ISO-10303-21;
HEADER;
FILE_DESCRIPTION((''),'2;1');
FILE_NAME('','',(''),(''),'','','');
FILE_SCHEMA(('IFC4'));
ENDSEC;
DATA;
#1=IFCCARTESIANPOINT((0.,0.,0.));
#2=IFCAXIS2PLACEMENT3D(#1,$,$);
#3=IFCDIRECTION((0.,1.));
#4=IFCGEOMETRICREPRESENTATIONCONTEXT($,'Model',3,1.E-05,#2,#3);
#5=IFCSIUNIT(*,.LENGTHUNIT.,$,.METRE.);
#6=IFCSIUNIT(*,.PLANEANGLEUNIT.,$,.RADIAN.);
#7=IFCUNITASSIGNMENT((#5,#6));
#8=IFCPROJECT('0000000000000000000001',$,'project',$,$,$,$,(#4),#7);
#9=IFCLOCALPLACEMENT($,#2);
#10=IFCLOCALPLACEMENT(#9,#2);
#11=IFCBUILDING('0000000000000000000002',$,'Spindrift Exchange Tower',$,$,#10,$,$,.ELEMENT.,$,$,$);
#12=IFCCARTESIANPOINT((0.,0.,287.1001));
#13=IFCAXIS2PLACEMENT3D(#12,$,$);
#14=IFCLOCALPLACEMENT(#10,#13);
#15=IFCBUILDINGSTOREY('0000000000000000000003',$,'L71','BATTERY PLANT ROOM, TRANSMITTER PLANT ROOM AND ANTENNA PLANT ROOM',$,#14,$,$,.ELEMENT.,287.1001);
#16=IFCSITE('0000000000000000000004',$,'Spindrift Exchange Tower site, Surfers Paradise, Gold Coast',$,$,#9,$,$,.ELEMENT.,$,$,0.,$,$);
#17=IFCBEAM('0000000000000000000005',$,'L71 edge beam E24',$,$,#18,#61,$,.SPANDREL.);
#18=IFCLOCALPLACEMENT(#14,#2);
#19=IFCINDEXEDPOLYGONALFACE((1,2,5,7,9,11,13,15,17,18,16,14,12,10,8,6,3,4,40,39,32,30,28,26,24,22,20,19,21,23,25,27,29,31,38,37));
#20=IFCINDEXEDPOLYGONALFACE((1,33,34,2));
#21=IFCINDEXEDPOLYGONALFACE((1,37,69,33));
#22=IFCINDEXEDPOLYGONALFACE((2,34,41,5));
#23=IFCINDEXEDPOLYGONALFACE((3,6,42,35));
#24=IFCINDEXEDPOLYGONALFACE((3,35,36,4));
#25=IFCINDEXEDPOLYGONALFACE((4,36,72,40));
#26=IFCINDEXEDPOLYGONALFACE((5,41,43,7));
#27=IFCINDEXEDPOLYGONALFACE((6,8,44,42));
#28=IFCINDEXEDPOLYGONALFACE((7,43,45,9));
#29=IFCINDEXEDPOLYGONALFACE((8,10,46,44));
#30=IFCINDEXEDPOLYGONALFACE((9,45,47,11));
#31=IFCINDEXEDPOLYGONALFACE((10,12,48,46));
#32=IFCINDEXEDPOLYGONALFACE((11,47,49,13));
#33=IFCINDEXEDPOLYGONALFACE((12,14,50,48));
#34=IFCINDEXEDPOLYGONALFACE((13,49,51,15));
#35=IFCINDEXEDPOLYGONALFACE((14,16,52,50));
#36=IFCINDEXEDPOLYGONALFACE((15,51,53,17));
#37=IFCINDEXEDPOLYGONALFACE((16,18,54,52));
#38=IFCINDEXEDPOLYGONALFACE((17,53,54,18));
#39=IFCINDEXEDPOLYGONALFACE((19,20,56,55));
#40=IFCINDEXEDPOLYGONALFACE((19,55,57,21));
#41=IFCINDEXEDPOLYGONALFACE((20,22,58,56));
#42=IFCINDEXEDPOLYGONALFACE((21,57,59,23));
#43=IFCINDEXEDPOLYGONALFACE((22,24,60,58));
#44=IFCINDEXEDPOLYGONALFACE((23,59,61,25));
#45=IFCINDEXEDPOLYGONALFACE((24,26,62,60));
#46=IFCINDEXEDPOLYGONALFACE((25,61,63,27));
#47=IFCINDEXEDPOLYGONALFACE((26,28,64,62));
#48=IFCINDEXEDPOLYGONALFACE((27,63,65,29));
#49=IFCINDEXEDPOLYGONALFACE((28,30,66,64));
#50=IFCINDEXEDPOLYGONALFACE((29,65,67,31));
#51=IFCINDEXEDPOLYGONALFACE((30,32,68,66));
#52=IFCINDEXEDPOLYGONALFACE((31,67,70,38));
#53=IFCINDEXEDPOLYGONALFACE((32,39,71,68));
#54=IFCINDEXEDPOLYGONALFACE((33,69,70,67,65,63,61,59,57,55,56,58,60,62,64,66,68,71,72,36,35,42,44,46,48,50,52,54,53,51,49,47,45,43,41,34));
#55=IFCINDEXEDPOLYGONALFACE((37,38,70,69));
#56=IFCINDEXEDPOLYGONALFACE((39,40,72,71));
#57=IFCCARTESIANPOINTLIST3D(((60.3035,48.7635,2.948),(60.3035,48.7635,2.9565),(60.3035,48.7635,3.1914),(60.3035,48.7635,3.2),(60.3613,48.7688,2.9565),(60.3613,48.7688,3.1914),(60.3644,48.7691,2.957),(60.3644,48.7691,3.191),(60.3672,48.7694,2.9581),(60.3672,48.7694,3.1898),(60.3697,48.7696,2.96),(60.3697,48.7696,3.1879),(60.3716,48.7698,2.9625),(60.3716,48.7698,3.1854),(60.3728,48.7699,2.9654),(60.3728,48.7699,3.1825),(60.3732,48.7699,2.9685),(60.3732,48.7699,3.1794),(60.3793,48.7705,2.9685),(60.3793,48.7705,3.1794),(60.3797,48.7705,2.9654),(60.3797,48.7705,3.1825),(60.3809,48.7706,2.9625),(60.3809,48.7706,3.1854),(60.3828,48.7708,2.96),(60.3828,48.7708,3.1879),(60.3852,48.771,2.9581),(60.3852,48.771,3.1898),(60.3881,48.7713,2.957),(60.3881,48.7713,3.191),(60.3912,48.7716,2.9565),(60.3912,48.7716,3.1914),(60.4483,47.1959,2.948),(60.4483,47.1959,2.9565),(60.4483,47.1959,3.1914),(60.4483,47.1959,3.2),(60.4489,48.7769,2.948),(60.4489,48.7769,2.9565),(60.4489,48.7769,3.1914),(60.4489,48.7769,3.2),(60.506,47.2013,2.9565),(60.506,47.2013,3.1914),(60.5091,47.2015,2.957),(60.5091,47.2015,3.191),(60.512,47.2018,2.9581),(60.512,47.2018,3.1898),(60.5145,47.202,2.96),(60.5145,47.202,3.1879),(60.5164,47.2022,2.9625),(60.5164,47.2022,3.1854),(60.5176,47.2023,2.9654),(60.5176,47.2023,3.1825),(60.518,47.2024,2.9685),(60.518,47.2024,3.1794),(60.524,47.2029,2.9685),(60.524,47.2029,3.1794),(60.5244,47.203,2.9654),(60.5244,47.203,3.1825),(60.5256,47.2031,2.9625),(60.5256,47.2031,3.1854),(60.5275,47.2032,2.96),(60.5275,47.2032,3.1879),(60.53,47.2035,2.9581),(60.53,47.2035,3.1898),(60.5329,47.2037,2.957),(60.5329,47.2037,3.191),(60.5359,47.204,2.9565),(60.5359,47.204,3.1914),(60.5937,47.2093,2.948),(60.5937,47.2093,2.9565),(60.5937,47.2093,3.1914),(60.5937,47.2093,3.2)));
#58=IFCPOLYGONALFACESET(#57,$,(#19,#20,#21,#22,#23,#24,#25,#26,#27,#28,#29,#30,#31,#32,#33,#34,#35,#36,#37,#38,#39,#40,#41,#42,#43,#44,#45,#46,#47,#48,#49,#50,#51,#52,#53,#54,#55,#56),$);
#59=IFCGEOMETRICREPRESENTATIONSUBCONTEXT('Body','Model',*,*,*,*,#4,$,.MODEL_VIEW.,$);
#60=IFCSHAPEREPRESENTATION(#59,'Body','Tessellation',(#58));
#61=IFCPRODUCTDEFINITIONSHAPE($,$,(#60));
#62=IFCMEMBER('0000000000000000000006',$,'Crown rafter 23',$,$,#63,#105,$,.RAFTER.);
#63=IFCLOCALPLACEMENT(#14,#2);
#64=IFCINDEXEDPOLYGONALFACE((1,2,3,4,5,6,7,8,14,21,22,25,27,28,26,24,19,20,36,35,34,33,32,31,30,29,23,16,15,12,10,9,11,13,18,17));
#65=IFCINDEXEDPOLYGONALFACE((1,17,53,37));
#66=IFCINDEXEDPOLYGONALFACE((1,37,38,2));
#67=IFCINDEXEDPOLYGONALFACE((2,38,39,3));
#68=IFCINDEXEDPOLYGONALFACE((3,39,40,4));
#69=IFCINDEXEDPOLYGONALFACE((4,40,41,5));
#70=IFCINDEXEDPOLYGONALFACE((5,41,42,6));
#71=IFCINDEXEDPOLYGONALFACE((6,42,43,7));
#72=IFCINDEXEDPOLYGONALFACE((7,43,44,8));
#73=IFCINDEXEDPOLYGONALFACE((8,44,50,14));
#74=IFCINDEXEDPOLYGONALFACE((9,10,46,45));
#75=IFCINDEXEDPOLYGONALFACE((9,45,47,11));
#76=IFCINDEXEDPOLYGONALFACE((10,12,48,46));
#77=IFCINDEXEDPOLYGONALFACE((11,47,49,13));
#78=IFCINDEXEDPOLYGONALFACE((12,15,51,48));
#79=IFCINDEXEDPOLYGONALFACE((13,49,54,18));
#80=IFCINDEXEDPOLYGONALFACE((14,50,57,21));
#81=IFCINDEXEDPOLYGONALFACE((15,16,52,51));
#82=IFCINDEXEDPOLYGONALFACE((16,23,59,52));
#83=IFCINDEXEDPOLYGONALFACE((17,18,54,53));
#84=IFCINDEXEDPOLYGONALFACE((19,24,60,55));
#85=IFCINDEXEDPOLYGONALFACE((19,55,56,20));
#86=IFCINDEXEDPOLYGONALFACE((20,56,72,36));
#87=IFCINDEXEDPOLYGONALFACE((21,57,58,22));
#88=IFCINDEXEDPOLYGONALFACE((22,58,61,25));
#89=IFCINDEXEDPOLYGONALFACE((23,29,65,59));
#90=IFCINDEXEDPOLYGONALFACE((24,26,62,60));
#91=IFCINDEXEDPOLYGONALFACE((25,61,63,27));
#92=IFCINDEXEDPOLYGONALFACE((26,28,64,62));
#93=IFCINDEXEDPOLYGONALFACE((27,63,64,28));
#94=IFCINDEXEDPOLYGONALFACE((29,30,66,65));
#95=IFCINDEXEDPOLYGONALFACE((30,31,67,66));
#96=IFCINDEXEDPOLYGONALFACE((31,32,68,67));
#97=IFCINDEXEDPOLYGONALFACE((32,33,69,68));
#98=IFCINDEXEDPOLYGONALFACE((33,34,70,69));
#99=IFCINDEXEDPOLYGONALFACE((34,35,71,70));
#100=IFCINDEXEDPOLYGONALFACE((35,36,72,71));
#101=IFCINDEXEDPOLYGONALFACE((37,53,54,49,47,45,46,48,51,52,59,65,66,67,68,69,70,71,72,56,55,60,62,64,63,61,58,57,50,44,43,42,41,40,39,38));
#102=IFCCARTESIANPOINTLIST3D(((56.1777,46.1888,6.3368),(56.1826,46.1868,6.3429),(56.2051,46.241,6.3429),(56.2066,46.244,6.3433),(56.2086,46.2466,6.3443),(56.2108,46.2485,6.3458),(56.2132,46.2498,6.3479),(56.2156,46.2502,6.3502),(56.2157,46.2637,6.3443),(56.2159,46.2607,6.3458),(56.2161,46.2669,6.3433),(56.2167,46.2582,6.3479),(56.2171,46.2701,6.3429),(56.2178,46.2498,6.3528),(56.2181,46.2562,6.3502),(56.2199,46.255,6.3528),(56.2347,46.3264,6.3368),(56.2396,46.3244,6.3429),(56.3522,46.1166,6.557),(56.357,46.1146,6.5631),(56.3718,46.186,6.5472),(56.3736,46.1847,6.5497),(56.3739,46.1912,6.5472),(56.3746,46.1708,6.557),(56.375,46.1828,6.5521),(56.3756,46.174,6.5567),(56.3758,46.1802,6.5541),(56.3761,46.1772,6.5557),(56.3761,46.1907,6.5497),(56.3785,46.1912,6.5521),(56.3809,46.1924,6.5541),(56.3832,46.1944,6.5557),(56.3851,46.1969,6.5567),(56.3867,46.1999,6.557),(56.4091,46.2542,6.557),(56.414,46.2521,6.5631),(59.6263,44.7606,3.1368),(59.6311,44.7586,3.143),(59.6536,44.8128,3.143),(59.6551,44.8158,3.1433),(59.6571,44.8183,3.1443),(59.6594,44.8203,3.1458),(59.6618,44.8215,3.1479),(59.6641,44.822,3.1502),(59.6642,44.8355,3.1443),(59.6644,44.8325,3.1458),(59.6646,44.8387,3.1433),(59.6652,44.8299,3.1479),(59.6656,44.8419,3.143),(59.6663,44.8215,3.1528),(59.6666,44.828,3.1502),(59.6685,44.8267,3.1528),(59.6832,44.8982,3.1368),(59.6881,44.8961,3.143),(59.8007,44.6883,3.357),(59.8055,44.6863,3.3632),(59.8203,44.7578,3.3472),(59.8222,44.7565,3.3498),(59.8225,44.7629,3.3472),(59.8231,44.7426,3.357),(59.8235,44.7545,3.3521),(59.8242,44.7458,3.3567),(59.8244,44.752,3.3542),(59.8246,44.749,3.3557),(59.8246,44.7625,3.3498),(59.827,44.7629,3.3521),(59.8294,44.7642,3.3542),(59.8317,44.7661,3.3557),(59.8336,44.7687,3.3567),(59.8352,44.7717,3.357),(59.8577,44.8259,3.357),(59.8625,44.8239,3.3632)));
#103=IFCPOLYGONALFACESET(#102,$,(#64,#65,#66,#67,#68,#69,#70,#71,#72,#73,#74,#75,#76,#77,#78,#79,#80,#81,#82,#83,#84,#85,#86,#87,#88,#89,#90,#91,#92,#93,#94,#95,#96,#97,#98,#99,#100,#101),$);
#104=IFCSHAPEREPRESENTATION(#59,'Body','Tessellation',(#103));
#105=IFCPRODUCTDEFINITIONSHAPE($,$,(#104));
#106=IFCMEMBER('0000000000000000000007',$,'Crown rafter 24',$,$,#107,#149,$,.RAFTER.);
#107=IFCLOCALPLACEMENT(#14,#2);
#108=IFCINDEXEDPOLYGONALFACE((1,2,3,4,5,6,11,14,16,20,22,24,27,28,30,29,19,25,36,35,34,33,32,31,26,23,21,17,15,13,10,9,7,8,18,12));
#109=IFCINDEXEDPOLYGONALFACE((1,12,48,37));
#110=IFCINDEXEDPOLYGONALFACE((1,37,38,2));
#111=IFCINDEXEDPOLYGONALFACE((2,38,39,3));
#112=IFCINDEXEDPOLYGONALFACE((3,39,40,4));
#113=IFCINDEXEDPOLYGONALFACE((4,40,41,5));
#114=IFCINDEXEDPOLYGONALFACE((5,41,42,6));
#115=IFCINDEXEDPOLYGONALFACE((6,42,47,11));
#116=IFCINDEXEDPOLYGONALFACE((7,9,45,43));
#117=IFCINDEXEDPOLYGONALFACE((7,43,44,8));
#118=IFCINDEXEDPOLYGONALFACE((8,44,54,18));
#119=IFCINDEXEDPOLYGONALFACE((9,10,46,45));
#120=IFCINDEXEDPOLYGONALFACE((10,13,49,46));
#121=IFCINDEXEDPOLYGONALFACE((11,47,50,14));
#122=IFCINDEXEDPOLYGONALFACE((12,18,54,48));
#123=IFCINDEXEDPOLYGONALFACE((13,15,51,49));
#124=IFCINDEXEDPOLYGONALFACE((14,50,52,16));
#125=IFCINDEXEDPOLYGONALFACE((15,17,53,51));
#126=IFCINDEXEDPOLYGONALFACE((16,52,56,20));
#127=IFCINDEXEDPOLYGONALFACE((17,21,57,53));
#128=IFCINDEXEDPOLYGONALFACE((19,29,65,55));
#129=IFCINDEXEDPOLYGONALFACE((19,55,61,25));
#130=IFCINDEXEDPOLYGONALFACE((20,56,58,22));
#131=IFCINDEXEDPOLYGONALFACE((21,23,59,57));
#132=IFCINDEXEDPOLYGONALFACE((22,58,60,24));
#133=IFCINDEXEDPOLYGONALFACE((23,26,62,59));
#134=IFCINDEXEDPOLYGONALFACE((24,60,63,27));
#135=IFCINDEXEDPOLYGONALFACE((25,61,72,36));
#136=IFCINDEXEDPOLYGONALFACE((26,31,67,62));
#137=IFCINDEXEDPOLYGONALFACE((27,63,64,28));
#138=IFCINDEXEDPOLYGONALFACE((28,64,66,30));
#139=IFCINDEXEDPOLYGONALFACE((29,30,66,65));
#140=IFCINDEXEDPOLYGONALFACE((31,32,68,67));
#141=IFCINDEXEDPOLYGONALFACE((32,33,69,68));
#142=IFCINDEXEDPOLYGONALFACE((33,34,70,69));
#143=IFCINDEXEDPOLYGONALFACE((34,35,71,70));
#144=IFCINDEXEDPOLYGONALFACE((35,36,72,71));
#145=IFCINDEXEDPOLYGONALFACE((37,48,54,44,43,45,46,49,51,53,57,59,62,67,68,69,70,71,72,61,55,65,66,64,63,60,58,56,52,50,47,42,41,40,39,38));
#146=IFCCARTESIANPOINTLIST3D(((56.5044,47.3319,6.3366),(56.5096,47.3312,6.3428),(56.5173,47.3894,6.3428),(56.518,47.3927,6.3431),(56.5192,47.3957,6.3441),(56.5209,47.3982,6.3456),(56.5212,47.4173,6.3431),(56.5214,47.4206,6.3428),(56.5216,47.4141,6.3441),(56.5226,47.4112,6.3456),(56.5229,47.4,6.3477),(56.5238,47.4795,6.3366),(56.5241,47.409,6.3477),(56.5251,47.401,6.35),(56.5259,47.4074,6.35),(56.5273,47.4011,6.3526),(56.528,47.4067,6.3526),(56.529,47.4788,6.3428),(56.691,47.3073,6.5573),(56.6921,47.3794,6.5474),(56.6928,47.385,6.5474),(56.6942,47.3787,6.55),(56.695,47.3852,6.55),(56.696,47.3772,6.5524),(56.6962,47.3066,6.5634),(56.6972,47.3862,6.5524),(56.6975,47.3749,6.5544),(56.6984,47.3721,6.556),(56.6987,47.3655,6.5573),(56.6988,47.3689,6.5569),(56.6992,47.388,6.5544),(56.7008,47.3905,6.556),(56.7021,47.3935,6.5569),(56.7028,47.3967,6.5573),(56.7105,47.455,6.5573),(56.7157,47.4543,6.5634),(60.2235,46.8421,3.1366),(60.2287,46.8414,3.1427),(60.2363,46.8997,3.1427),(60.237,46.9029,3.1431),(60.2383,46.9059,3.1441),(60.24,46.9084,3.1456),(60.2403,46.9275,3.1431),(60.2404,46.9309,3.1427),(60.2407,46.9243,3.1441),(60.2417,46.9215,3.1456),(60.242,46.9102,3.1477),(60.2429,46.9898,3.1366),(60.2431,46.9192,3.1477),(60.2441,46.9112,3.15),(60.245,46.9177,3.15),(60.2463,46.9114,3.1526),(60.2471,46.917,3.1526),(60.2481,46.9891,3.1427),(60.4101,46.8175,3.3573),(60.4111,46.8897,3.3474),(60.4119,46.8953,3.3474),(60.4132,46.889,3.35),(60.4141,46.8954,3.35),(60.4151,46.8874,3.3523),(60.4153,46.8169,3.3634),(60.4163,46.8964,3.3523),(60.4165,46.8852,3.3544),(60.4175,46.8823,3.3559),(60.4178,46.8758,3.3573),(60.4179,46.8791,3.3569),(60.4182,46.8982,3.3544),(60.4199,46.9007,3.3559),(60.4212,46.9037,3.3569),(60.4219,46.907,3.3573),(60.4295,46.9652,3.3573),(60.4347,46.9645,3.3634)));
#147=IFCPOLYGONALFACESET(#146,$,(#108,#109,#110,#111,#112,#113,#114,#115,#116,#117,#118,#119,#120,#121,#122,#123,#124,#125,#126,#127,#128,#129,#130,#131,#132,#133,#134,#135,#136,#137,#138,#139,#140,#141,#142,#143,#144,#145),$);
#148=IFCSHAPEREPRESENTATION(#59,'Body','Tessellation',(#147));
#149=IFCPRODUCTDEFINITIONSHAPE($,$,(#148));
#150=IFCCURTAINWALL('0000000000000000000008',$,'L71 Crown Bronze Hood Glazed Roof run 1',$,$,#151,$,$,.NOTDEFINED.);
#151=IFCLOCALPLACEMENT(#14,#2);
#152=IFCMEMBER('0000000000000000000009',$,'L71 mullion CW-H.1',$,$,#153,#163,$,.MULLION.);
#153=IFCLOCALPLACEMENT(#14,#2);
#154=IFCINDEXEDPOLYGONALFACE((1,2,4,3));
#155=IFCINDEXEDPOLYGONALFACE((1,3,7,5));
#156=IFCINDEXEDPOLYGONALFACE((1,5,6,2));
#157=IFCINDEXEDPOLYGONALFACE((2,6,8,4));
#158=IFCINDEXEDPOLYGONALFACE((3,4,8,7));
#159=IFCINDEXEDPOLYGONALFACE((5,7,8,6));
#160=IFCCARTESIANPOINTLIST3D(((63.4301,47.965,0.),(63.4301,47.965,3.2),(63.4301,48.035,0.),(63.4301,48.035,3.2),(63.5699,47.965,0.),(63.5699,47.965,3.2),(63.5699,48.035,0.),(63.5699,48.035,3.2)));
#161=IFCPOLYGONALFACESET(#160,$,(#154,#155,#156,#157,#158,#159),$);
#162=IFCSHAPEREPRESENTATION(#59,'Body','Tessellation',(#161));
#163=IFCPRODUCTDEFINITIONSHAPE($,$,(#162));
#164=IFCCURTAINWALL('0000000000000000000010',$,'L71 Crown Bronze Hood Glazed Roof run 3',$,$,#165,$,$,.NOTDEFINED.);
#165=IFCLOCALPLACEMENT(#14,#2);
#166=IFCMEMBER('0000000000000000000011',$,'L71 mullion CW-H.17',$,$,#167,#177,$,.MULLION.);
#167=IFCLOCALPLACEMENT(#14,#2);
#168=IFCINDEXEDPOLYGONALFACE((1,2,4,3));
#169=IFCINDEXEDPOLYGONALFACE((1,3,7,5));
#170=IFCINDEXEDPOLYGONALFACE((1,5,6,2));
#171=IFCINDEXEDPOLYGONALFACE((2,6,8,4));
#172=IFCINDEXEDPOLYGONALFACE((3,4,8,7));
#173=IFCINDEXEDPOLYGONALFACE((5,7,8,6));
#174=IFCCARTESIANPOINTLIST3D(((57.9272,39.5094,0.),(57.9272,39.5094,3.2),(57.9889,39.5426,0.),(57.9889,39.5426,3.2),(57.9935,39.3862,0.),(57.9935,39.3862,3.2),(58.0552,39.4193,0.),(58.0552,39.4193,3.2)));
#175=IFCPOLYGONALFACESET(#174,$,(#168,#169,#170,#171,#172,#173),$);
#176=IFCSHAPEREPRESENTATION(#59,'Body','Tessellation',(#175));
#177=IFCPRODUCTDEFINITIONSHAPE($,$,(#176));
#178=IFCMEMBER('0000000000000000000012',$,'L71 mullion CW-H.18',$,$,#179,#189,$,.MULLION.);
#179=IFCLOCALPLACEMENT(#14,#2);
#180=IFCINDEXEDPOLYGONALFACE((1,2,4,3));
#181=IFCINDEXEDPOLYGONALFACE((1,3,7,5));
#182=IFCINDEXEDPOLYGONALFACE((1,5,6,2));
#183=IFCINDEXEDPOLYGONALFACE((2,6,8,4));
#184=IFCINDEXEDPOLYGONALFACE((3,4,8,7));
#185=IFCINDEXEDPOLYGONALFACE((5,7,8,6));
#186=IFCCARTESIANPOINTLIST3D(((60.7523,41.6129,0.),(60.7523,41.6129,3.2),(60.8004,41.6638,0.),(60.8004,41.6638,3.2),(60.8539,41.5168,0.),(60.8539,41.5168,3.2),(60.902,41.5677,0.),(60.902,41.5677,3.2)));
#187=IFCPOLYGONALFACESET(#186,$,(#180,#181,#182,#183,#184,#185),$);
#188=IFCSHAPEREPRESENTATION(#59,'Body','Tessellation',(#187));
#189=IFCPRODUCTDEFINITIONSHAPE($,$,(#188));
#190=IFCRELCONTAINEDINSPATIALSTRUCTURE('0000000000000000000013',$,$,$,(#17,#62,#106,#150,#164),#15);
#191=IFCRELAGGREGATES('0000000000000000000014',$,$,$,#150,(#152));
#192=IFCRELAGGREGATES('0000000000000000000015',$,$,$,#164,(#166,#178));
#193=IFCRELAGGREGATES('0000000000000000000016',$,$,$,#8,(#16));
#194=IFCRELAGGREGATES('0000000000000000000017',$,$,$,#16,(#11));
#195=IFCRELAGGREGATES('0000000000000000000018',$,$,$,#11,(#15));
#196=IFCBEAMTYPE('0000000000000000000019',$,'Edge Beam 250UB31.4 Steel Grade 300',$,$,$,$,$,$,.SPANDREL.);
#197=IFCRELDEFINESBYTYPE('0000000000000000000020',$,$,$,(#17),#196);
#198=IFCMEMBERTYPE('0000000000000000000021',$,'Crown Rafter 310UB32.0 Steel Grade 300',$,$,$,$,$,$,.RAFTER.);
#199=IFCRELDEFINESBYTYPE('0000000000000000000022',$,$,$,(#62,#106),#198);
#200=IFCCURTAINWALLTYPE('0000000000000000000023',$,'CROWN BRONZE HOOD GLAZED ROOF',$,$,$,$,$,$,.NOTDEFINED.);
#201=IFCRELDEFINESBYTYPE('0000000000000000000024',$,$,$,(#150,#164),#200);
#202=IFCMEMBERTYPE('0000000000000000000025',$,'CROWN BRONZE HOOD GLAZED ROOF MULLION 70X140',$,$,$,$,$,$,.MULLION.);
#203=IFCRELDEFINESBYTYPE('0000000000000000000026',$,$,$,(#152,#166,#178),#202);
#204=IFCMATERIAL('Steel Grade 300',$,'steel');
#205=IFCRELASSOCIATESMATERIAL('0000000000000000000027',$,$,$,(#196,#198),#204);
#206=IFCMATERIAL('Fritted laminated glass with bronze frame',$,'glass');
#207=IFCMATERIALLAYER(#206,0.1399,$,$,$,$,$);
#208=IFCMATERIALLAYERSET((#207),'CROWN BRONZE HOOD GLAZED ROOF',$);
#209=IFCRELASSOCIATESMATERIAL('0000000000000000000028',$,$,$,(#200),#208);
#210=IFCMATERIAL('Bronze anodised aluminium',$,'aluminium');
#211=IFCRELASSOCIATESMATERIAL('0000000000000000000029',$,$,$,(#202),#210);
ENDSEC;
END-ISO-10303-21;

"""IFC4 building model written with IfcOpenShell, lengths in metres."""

from ifc_helpers import new_model, si_unit, direction, frame, origin, origin_2d, place, context, subcontext, project, spatial, rectangle, i_section, extrude, source, transform, mapped, material, layer, layer_set, material_profile, profile_set, type_object, element, aggregate, save


model = new_model("IFC4")

# Units and contexts
model_context = context("Model", 3, precision=1e-05, world=origin(), true_north=direction((0.0, 1.0)))
body_context = subcontext(model_context, "Body", "Model", "MODEL_VIEW")
ifc_project = project(units=[si_unit("LENGTHUNIT", "METRE"), si_unit("PLANEANGLEUNIT", "RADIAN")], contexts=[model_context])

# Site, building, storey
site_placement = place(None, origin())
site = spatial("IfcSite", under=ifc_project, at=site_placement, Name="Spindrift Exchange Tower site, Surfers Paradise, Gold Coast", CompositionType="ELEMENT", RefElevation=0.0)
building_placement = place(site_placement, origin())
building = spatial("IfcBuilding", under=site, at=building_placement, Name="Spindrift Exchange Tower", CompositionType="ELEMENT")
storey_placement = place(building_placement, frame((0.0, 0.0, 287.1001)))
storey = spatial("IfcBuildingStorey", under=building, at=storey_placement, Name="L71", Description="BATTERY PLANT ROOM, TRANSMITTER PLANT ROOM AND ANTENNA PLANT ROOM", CompositionType="ELEMENT", Elevation=287.1001)

# Beam
ifc_material_1 = material(Name="Steel Grade 300", Category="steel")
ifc_material_profile_1 = material_profile(ifc_material_1, i_section(OverallWidth=0.146, OverallDepth=0.252, WebThickness=0.0061, FlangeThickness=0.0085, FilletRadius=0.012, at=origin_2d()), Name="250UB31.4")
ifc_profile_set_1 = profile_set([ifc_material_profile_1], Name="Steel Grade 300")
beam_type = type_object("IfcBeamType", Name="Edge Beam 250UB31.4 Steel Grade 300", PredefinedType="SPANDREL", material=ifc_profile_set_1)
shared_shape_1 = source(origin(), body_context, "Body", "SweptSolid", [
    extrude(i_section(OverallWidth=0.146, OverallDepth=0.252, WebThickness=0.0061, FlangeThickness=0.0085, FilletRadius=0.012, at=origin_2d()), origin(), (0.0, 0.0, 1.0), 1.5742),
])
beam_1_placement = place(storey_placement, frame((60.521, 47.2026, 3.074), z_axis=(-0.091962, 0.995763, 0.0), x_axis=(-0.995763, -0.091962, 0.0)))
element("IfcBeam", 1, at=beam_1_placement, inside=storey, type_object=beam_type, Name="L71 edge beam E24", PredefinedType="SPANDREL", context=body_context, shape_type="MappedRepresentation", body=[
    mapped(shared_shape_1, transform((0.0, 0.0, 0.0), scale=1.0)),
])

# Members
ifc_material_profile_2 = material_profile(ifc_material_1, i_section(OverallWidth=0.1489, OverallDepth=0.2981, WebThickness=0.0056, FlangeThickness=0.0081, FilletRadius=0.0129, at=origin_2d()), Name="310UB32.0")
ifc_profile_set_2 = profile_set([ifc_material_profile_2], Name="Steel Grade 300")
member_type_1 = type_object("IfcMemberType", Name="Crown Rafter 310UB32.0 Steel Grade 300", PredefinedType="RAFTER", material=ifc_profile_set_2)
shared_shape_2 = source(origin(), body_context, "Body", "SweptSolid", [
    extrude(i_section(OverallWidth=0.1489, OverallDepth=0.2981, WebThickness=0.0056, FlangeThickness=0.0081, FilletRadius=0.0129, at=origin_2d()), origin(), (0.0, 0.0, 1.0), 4.9165),
])
member_1_placement = place(storey_placement, frame((59.7444, 44.7922, 3.25), z_axis=(-0.701417, 0.290498, 0.650865), x_axis=(-0.382641, -0.923897, 0.0)))
element("IfcMember", 2, at=member_1_placement, inside=storey, type_object=member_type_1, Name="Crown rafter 23", PredefinedType="RAFTER", context=body_context, shape_type="MappedRepresentation", body=[
    mapped(shared_shape_2, transform((0.0, 0.0, 0.0), scale=1.0)),
])
shared_shape_3 = source(origin(), body_context, "Body", "SweptSolid", [
    extrude(i_section(OverallWidth=0.1489, OverallDepth=0.2981, WebThickness=0.0056, FlangeThickness=0.0081, FilletRadius=0.0129, at=origin_2d()), origin(), (0.0, 0.0, 1.0), 4.9307),
])
member_2_placement = place(storey_placement, frame((60.3291, 46.9033, 3.25), z_axis=(-0.754274, 0.099329, 0.649003), x_axis=(-0.130561, -0.99144, 0.0)))
element("IfcMember", 3, at=member_2_placement, inside=storey, type_object=member_type_1, Name="Crown rafter 24", PredefinedType="RAFTER", context=body_context, shape_type="MappedRepresentation", body=[
    mapped(shared_shape_3, transform((0.0, 0.0, 0.0), scale=1.0)),
])

# Curtain wall, member
ifc_material_2 = material(Name="Fritted laminated glass with bronze frame", Category="glass")
ifc_layer_1 = layer(ifc_material_2, 0.1399)
ifc_layer_set_1 = layer_set([ifc_layer_1], Name="CROWN BRONZE HOOD GLAZED ROOF")
curtain_wall_type = type_object("IfcCurtainWallType", Name="CROWN BRONZE HOOD GLAZED ROOF", PredefinedType="NOTDEFINED", material=ifc_layer_set_1)
curtain_wall_1_placement = place(storey_placement, origin())
curtain_wall_1 = element("IfcCurtainWall", 4, at=curtain_wall_1_placement, inside=storey, type_object=curtain_wall_type, Name="L71 Crown Bronze Hood Glazed Roof run 1", PredefinedType="NOTDEFINED")
ifc_material_3 = material(Name="Bronze anodised aluminium", Category="aluminium")
ifc_material_profile_3 = material_profile(ifc_material_3, rectangle(XDim=0.0701, YDim=0.1399, at=origin_2d()), Name="CROWN BRONZE HOOD GLAZED ROOF MULLION 70X140")
ifc_profile_set_3 = profile_set([ifc_material_profile_3], Name="Bronze anodised aluminium")
member_type_2 = type_object("IfcMemberType", Name="CROWN BRONZE HOOD GLAZED ROOF MULLION 70X140", PredefinedType="MULLION", material=ifc_profile_set_3)
shared_shape_4 = source(origin(), body_context, "Body", "SweptSolid", [
    extrude(rectangle(XDim=0.0701, YDim=0.1399, at=origin_2d()), origin(), (0.0, 0.0, 1.0), 3.2),
])
member_3_placement = place(storey_placement, frame((63.5, 48.0, 0.0), z_axis=(0.0, 0.0, 1.0), x_axis=(0.0, 1.0, 0.0)))
member_3 = element("IfcMember", 5, at=member_3_placement, type_object=member_type_2, Name="L71 mullion CW-H.1", PredefinedType="MULLION", context=body_context, shape_type="MappedRepresentation", body=[
    mapped(shared_shape_4, transform((0.0, 0.0, 0.0), scale=1.0)),
])
aggregate(curtain_wall_1, [member_3])

# Curtain wall, members
curtain_wall_2_placement = place(storey_placement, origin())
curtain_wall_2 = element("IfcCurtainWall", 6, at=curtain_wall_2_placement, inside=storey, type_object=curtain_wall_type, Name="L71 Crown Bronze Hood Glazed Roof run 3", PredefinedType="NOTDEFINED")
member_4_placement = place(storey_placement, frame((57.9912, 39.4644, 0.0), z_axis=(0.0, 0.0, 1.0), x_axis=(0.880708, 0.473659, 0.0)))
member_4 = element("IfcMember", 7, at=member_4_placement, type_object=member_type_2, Name="L71 mullion CW-H.17", PredefinedType="MULLION", context=body_context, shape_type="MappedRepresentation", body=[
    mapped(shared_shape_4, transform((0.0, 0.0, 0.0), scale=1.0)),
])
member_5_placement = place(storey_placement, frame((60.8271, 41.5903, 0.0), z_axis=(0.0, 0.0, 1.0), x_axis=(0.687018, 0.72664, 0.0)))
member_5 = element("IfcMember", 8, at=member_5_placement, type_object=member_type_2, Name="L71 mullion CW-H.18", PredefinedType="MULLION", context=body_context, shape_type="MappedRepresentation", body=[
    mapped(shared_shape_4, transform((0.0, 0.0, 0.0), scale=1.0)),
])
aggregate(curtain_wall_2, [member_4, member_5])

save(model, "model.ifc")
